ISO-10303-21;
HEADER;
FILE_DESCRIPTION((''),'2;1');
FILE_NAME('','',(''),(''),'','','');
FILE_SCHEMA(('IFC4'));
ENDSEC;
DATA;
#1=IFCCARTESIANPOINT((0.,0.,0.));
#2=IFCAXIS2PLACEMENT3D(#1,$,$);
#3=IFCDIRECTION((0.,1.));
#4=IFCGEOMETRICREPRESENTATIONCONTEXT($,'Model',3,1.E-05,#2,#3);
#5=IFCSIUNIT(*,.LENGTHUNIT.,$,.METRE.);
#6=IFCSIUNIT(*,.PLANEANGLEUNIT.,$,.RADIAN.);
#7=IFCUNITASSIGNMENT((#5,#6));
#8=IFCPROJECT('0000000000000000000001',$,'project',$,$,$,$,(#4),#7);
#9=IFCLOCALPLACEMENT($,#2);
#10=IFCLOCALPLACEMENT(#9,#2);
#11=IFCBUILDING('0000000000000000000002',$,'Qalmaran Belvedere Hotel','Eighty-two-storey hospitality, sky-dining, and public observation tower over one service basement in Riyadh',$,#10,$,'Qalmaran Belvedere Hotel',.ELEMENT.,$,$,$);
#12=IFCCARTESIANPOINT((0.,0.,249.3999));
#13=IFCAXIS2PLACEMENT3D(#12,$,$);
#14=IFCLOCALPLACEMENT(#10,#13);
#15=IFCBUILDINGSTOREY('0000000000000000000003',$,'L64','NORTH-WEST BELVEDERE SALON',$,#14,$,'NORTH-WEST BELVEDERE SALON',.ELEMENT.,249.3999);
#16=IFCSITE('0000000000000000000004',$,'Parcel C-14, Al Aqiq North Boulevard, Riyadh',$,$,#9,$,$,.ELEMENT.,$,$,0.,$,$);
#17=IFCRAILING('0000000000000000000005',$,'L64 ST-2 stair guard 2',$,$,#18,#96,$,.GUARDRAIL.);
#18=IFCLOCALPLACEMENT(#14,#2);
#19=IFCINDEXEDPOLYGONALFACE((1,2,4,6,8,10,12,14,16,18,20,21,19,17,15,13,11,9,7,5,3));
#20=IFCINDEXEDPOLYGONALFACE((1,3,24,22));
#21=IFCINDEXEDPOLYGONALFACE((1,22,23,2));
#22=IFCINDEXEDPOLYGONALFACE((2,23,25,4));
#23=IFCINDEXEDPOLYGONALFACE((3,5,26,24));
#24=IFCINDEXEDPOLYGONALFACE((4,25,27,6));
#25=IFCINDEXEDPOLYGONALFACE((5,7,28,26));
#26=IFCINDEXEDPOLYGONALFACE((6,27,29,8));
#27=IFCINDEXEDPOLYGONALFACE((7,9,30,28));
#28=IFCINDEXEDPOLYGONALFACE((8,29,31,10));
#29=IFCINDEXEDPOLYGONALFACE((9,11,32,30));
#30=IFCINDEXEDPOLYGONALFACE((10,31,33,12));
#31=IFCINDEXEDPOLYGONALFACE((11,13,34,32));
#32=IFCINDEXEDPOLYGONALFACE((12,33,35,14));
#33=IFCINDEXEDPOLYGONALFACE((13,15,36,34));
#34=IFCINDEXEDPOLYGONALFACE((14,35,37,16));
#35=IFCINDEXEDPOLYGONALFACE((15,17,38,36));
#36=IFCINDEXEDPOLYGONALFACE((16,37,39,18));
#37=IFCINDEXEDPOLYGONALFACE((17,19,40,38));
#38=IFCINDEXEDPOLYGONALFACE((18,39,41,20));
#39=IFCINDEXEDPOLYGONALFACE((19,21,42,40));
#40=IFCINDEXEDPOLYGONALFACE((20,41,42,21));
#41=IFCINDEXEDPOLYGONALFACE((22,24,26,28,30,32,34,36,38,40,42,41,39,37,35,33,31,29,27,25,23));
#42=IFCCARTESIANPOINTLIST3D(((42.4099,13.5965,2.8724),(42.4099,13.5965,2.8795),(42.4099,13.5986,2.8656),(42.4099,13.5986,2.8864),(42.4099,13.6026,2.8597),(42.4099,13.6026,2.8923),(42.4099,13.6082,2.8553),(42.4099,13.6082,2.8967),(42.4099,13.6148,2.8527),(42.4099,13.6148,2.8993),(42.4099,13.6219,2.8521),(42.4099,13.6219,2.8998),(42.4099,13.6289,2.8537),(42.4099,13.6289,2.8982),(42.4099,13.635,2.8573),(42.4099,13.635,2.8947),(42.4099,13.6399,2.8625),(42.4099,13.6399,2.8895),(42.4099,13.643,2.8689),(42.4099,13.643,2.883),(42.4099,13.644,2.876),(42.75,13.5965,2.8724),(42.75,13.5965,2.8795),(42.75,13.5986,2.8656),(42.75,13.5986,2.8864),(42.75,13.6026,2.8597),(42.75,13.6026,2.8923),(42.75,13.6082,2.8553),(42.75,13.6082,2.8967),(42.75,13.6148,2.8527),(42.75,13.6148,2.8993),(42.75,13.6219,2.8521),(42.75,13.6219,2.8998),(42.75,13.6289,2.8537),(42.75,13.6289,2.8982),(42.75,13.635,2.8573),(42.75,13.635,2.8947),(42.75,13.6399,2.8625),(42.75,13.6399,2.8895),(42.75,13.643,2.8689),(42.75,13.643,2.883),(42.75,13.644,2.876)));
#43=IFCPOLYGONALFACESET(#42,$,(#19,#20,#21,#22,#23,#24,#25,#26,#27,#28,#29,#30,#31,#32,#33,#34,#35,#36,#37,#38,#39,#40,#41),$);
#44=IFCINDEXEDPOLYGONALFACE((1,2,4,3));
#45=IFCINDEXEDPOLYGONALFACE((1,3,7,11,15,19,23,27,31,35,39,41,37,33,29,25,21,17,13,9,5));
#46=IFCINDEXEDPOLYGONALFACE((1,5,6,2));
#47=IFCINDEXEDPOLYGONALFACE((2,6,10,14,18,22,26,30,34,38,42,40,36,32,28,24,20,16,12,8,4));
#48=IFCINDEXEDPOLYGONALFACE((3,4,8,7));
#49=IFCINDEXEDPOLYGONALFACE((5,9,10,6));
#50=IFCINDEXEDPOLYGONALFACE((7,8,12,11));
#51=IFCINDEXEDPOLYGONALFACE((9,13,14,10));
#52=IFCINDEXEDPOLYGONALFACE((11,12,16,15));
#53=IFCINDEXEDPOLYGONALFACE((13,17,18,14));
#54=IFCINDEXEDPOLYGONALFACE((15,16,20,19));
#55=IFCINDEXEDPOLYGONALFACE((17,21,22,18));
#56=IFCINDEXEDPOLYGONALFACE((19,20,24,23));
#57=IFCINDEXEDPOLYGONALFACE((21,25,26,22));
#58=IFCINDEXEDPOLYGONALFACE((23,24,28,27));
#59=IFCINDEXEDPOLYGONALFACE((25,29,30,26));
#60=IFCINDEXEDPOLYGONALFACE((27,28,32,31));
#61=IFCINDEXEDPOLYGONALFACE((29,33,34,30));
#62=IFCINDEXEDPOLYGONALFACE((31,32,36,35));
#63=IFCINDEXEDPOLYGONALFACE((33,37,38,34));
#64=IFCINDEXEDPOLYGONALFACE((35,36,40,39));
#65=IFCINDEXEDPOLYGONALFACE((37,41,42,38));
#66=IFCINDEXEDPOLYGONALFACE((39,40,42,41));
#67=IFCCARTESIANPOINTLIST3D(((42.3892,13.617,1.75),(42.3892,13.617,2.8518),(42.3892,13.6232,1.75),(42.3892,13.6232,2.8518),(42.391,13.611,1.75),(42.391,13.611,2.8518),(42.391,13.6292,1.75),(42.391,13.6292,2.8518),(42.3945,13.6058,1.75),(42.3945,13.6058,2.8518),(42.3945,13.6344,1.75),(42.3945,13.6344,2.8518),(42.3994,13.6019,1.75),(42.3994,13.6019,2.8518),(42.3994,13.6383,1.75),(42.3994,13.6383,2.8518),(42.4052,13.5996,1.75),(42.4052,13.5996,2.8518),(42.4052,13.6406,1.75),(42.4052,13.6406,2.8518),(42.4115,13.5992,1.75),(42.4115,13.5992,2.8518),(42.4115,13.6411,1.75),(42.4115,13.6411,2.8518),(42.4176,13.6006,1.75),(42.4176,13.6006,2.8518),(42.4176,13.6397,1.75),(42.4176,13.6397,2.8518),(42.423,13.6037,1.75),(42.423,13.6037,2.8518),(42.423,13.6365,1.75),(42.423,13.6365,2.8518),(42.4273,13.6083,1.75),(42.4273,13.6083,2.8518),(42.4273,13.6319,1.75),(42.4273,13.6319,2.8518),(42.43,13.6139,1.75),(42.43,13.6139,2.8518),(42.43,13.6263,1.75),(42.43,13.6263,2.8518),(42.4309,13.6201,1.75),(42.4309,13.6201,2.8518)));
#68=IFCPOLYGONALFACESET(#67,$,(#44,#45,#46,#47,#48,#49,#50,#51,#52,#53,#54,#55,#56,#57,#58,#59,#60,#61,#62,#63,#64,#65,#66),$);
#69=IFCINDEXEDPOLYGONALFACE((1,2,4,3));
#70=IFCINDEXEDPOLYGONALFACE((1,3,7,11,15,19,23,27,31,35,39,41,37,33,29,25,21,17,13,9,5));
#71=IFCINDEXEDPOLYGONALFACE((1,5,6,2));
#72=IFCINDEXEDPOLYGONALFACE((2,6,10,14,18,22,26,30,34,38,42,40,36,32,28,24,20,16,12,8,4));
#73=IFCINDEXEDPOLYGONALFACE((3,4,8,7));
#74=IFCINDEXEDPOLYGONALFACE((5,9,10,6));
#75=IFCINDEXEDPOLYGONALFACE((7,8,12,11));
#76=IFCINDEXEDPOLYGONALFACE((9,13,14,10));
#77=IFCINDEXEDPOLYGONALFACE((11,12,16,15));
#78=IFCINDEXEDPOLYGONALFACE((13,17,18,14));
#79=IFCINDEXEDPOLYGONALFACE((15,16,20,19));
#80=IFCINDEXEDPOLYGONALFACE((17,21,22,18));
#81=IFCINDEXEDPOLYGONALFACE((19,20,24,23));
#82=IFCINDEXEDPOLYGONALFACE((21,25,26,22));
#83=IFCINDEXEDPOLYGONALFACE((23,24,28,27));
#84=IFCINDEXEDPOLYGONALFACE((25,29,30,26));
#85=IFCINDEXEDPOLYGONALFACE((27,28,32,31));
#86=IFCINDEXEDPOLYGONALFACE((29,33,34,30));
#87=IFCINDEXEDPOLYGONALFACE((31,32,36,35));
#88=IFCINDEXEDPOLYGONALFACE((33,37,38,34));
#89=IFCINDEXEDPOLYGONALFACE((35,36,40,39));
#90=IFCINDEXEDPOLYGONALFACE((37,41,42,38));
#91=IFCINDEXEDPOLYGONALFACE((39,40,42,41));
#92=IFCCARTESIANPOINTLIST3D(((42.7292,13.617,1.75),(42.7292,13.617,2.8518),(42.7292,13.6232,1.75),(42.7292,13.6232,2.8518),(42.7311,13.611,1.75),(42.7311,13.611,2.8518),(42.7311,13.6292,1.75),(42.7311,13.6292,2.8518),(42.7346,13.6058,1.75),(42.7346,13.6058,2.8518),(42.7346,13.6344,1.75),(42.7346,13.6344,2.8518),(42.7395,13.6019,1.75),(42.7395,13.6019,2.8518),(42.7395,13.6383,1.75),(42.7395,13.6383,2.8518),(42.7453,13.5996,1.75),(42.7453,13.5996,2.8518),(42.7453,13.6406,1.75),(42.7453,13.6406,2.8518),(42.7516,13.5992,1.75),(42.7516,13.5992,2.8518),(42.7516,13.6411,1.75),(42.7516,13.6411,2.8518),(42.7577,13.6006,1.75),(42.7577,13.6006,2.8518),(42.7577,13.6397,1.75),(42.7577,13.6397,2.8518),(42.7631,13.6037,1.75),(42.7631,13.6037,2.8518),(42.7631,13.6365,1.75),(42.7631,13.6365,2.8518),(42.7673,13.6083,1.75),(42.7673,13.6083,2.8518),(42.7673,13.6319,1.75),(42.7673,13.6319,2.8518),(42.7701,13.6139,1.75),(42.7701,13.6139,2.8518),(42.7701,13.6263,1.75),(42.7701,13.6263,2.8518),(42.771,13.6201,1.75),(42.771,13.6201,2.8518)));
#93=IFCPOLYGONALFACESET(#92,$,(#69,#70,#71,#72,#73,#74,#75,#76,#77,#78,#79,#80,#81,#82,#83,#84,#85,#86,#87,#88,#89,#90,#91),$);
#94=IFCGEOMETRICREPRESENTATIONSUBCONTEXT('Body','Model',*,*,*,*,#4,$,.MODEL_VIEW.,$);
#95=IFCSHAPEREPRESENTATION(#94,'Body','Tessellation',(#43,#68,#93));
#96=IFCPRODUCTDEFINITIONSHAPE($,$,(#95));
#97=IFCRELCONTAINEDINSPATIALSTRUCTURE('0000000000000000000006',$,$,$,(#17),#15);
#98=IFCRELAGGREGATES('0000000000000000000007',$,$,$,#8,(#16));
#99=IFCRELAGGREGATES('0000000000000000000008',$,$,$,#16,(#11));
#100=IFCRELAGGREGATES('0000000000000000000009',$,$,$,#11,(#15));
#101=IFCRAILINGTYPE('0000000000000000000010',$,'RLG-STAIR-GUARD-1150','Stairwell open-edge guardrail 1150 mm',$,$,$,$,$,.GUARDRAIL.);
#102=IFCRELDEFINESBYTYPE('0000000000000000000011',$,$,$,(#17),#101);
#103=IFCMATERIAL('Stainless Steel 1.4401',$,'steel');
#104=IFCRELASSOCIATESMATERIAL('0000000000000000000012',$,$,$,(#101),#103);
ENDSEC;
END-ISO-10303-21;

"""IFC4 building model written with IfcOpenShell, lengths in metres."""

from ifc_helpers import new_model, si_unit, direction, frame, origin, origin_2d, place, context, subcontext, project, spatial, circle, extrude, material, type_object, element, save


model = new_model("IFC4")

# Units and contexts
model_context = context("Model", 3, precision=1e-05, world=origin(), true_north=direction((0.0, 1.0)))
body_context = subcontext(model_context, "Body", "Model", "MODEL_VIEW")
ifc_project = project(units=[si_unit("LENGTHUNIT", "METRE"), si_unit("PLANEANGLEUNIT", "RADIAN")], contexts=[model_context])

# Site, building, storey
site_placement = place(None, origin())
site = spatial("IfcSite", under=ifc_project, at=site_placement, Name="Parcel C-14, Al Aqiq North Boulevard, Riyadh", CompositionType="ELEMENT", RefElevation=0.0)
building_placement = place(site_placement, origin())
building = spatial("IfcBuilding", under=site, at=building_placement, Name="Qalmaran Belvedere Hotel", Description="Eighty-two-storey hospitality, sky-dining, and public observation tower over one service basement in Riyadh", LongName="Qalmaran Belvedere Hotel", CompositionType="ELEMENT")
storey_placement = place(building_placement, frame((0.0, 0.0, 249.3999)))
storey = spatial("IfcBuildingStorey", under=building, at=storey_placement, Name="L64", Description="NORTH-WEST BELVEDERE SALON", LongName="NORTH-WEST BELVEDERE SALON", CompositionType="ELEMENT", Elevation=249.3999)

# Railing
ifc_material_1 = material(Name="Stainless Steel 1.4401", Category="steel")
railing_type_1 = type_object("IfcRailingType", Name="RLG-STAIR-GUARD-1150", Description="Stairwell open-edge guardrail 1150 mm", PredefinedType="GUARDRAIL", material=ifc_material_1)
railing_1_placement = place(storey_placement, frame((42.4099, 13.6201, 1.75)))
element("IfcRailing", 1, at=railing_1_placement, inside=storey, type_object=railing_type_1, Name="L64 ST-2 stair guard 2", PredefinedType="GUARDRAIL", context=body_context, shape_type="SweptSolid", body=[
    extrude(circle(Radius=0.0239, at=origin_2d()), frame((0.0, 0.0, 1.126), z_axis=(1.0, 0.0, 0.0), x_axis=(0.0, 1.0, 0.0)), (0.0, 0.0, 1.0), 0.3401),
    extrude(circle(Radius=0.021, at=origin_2d()), origin(), (0.0, 0.0, 1.0), 1.1018),
    extrude(circle(Radius=0.021, at=origin_2d()), frame((0.3401, 0.0, 0.0)), (0.0, 0.0, 1.0), 1.1018),
])

save(model, "model.ifc")
